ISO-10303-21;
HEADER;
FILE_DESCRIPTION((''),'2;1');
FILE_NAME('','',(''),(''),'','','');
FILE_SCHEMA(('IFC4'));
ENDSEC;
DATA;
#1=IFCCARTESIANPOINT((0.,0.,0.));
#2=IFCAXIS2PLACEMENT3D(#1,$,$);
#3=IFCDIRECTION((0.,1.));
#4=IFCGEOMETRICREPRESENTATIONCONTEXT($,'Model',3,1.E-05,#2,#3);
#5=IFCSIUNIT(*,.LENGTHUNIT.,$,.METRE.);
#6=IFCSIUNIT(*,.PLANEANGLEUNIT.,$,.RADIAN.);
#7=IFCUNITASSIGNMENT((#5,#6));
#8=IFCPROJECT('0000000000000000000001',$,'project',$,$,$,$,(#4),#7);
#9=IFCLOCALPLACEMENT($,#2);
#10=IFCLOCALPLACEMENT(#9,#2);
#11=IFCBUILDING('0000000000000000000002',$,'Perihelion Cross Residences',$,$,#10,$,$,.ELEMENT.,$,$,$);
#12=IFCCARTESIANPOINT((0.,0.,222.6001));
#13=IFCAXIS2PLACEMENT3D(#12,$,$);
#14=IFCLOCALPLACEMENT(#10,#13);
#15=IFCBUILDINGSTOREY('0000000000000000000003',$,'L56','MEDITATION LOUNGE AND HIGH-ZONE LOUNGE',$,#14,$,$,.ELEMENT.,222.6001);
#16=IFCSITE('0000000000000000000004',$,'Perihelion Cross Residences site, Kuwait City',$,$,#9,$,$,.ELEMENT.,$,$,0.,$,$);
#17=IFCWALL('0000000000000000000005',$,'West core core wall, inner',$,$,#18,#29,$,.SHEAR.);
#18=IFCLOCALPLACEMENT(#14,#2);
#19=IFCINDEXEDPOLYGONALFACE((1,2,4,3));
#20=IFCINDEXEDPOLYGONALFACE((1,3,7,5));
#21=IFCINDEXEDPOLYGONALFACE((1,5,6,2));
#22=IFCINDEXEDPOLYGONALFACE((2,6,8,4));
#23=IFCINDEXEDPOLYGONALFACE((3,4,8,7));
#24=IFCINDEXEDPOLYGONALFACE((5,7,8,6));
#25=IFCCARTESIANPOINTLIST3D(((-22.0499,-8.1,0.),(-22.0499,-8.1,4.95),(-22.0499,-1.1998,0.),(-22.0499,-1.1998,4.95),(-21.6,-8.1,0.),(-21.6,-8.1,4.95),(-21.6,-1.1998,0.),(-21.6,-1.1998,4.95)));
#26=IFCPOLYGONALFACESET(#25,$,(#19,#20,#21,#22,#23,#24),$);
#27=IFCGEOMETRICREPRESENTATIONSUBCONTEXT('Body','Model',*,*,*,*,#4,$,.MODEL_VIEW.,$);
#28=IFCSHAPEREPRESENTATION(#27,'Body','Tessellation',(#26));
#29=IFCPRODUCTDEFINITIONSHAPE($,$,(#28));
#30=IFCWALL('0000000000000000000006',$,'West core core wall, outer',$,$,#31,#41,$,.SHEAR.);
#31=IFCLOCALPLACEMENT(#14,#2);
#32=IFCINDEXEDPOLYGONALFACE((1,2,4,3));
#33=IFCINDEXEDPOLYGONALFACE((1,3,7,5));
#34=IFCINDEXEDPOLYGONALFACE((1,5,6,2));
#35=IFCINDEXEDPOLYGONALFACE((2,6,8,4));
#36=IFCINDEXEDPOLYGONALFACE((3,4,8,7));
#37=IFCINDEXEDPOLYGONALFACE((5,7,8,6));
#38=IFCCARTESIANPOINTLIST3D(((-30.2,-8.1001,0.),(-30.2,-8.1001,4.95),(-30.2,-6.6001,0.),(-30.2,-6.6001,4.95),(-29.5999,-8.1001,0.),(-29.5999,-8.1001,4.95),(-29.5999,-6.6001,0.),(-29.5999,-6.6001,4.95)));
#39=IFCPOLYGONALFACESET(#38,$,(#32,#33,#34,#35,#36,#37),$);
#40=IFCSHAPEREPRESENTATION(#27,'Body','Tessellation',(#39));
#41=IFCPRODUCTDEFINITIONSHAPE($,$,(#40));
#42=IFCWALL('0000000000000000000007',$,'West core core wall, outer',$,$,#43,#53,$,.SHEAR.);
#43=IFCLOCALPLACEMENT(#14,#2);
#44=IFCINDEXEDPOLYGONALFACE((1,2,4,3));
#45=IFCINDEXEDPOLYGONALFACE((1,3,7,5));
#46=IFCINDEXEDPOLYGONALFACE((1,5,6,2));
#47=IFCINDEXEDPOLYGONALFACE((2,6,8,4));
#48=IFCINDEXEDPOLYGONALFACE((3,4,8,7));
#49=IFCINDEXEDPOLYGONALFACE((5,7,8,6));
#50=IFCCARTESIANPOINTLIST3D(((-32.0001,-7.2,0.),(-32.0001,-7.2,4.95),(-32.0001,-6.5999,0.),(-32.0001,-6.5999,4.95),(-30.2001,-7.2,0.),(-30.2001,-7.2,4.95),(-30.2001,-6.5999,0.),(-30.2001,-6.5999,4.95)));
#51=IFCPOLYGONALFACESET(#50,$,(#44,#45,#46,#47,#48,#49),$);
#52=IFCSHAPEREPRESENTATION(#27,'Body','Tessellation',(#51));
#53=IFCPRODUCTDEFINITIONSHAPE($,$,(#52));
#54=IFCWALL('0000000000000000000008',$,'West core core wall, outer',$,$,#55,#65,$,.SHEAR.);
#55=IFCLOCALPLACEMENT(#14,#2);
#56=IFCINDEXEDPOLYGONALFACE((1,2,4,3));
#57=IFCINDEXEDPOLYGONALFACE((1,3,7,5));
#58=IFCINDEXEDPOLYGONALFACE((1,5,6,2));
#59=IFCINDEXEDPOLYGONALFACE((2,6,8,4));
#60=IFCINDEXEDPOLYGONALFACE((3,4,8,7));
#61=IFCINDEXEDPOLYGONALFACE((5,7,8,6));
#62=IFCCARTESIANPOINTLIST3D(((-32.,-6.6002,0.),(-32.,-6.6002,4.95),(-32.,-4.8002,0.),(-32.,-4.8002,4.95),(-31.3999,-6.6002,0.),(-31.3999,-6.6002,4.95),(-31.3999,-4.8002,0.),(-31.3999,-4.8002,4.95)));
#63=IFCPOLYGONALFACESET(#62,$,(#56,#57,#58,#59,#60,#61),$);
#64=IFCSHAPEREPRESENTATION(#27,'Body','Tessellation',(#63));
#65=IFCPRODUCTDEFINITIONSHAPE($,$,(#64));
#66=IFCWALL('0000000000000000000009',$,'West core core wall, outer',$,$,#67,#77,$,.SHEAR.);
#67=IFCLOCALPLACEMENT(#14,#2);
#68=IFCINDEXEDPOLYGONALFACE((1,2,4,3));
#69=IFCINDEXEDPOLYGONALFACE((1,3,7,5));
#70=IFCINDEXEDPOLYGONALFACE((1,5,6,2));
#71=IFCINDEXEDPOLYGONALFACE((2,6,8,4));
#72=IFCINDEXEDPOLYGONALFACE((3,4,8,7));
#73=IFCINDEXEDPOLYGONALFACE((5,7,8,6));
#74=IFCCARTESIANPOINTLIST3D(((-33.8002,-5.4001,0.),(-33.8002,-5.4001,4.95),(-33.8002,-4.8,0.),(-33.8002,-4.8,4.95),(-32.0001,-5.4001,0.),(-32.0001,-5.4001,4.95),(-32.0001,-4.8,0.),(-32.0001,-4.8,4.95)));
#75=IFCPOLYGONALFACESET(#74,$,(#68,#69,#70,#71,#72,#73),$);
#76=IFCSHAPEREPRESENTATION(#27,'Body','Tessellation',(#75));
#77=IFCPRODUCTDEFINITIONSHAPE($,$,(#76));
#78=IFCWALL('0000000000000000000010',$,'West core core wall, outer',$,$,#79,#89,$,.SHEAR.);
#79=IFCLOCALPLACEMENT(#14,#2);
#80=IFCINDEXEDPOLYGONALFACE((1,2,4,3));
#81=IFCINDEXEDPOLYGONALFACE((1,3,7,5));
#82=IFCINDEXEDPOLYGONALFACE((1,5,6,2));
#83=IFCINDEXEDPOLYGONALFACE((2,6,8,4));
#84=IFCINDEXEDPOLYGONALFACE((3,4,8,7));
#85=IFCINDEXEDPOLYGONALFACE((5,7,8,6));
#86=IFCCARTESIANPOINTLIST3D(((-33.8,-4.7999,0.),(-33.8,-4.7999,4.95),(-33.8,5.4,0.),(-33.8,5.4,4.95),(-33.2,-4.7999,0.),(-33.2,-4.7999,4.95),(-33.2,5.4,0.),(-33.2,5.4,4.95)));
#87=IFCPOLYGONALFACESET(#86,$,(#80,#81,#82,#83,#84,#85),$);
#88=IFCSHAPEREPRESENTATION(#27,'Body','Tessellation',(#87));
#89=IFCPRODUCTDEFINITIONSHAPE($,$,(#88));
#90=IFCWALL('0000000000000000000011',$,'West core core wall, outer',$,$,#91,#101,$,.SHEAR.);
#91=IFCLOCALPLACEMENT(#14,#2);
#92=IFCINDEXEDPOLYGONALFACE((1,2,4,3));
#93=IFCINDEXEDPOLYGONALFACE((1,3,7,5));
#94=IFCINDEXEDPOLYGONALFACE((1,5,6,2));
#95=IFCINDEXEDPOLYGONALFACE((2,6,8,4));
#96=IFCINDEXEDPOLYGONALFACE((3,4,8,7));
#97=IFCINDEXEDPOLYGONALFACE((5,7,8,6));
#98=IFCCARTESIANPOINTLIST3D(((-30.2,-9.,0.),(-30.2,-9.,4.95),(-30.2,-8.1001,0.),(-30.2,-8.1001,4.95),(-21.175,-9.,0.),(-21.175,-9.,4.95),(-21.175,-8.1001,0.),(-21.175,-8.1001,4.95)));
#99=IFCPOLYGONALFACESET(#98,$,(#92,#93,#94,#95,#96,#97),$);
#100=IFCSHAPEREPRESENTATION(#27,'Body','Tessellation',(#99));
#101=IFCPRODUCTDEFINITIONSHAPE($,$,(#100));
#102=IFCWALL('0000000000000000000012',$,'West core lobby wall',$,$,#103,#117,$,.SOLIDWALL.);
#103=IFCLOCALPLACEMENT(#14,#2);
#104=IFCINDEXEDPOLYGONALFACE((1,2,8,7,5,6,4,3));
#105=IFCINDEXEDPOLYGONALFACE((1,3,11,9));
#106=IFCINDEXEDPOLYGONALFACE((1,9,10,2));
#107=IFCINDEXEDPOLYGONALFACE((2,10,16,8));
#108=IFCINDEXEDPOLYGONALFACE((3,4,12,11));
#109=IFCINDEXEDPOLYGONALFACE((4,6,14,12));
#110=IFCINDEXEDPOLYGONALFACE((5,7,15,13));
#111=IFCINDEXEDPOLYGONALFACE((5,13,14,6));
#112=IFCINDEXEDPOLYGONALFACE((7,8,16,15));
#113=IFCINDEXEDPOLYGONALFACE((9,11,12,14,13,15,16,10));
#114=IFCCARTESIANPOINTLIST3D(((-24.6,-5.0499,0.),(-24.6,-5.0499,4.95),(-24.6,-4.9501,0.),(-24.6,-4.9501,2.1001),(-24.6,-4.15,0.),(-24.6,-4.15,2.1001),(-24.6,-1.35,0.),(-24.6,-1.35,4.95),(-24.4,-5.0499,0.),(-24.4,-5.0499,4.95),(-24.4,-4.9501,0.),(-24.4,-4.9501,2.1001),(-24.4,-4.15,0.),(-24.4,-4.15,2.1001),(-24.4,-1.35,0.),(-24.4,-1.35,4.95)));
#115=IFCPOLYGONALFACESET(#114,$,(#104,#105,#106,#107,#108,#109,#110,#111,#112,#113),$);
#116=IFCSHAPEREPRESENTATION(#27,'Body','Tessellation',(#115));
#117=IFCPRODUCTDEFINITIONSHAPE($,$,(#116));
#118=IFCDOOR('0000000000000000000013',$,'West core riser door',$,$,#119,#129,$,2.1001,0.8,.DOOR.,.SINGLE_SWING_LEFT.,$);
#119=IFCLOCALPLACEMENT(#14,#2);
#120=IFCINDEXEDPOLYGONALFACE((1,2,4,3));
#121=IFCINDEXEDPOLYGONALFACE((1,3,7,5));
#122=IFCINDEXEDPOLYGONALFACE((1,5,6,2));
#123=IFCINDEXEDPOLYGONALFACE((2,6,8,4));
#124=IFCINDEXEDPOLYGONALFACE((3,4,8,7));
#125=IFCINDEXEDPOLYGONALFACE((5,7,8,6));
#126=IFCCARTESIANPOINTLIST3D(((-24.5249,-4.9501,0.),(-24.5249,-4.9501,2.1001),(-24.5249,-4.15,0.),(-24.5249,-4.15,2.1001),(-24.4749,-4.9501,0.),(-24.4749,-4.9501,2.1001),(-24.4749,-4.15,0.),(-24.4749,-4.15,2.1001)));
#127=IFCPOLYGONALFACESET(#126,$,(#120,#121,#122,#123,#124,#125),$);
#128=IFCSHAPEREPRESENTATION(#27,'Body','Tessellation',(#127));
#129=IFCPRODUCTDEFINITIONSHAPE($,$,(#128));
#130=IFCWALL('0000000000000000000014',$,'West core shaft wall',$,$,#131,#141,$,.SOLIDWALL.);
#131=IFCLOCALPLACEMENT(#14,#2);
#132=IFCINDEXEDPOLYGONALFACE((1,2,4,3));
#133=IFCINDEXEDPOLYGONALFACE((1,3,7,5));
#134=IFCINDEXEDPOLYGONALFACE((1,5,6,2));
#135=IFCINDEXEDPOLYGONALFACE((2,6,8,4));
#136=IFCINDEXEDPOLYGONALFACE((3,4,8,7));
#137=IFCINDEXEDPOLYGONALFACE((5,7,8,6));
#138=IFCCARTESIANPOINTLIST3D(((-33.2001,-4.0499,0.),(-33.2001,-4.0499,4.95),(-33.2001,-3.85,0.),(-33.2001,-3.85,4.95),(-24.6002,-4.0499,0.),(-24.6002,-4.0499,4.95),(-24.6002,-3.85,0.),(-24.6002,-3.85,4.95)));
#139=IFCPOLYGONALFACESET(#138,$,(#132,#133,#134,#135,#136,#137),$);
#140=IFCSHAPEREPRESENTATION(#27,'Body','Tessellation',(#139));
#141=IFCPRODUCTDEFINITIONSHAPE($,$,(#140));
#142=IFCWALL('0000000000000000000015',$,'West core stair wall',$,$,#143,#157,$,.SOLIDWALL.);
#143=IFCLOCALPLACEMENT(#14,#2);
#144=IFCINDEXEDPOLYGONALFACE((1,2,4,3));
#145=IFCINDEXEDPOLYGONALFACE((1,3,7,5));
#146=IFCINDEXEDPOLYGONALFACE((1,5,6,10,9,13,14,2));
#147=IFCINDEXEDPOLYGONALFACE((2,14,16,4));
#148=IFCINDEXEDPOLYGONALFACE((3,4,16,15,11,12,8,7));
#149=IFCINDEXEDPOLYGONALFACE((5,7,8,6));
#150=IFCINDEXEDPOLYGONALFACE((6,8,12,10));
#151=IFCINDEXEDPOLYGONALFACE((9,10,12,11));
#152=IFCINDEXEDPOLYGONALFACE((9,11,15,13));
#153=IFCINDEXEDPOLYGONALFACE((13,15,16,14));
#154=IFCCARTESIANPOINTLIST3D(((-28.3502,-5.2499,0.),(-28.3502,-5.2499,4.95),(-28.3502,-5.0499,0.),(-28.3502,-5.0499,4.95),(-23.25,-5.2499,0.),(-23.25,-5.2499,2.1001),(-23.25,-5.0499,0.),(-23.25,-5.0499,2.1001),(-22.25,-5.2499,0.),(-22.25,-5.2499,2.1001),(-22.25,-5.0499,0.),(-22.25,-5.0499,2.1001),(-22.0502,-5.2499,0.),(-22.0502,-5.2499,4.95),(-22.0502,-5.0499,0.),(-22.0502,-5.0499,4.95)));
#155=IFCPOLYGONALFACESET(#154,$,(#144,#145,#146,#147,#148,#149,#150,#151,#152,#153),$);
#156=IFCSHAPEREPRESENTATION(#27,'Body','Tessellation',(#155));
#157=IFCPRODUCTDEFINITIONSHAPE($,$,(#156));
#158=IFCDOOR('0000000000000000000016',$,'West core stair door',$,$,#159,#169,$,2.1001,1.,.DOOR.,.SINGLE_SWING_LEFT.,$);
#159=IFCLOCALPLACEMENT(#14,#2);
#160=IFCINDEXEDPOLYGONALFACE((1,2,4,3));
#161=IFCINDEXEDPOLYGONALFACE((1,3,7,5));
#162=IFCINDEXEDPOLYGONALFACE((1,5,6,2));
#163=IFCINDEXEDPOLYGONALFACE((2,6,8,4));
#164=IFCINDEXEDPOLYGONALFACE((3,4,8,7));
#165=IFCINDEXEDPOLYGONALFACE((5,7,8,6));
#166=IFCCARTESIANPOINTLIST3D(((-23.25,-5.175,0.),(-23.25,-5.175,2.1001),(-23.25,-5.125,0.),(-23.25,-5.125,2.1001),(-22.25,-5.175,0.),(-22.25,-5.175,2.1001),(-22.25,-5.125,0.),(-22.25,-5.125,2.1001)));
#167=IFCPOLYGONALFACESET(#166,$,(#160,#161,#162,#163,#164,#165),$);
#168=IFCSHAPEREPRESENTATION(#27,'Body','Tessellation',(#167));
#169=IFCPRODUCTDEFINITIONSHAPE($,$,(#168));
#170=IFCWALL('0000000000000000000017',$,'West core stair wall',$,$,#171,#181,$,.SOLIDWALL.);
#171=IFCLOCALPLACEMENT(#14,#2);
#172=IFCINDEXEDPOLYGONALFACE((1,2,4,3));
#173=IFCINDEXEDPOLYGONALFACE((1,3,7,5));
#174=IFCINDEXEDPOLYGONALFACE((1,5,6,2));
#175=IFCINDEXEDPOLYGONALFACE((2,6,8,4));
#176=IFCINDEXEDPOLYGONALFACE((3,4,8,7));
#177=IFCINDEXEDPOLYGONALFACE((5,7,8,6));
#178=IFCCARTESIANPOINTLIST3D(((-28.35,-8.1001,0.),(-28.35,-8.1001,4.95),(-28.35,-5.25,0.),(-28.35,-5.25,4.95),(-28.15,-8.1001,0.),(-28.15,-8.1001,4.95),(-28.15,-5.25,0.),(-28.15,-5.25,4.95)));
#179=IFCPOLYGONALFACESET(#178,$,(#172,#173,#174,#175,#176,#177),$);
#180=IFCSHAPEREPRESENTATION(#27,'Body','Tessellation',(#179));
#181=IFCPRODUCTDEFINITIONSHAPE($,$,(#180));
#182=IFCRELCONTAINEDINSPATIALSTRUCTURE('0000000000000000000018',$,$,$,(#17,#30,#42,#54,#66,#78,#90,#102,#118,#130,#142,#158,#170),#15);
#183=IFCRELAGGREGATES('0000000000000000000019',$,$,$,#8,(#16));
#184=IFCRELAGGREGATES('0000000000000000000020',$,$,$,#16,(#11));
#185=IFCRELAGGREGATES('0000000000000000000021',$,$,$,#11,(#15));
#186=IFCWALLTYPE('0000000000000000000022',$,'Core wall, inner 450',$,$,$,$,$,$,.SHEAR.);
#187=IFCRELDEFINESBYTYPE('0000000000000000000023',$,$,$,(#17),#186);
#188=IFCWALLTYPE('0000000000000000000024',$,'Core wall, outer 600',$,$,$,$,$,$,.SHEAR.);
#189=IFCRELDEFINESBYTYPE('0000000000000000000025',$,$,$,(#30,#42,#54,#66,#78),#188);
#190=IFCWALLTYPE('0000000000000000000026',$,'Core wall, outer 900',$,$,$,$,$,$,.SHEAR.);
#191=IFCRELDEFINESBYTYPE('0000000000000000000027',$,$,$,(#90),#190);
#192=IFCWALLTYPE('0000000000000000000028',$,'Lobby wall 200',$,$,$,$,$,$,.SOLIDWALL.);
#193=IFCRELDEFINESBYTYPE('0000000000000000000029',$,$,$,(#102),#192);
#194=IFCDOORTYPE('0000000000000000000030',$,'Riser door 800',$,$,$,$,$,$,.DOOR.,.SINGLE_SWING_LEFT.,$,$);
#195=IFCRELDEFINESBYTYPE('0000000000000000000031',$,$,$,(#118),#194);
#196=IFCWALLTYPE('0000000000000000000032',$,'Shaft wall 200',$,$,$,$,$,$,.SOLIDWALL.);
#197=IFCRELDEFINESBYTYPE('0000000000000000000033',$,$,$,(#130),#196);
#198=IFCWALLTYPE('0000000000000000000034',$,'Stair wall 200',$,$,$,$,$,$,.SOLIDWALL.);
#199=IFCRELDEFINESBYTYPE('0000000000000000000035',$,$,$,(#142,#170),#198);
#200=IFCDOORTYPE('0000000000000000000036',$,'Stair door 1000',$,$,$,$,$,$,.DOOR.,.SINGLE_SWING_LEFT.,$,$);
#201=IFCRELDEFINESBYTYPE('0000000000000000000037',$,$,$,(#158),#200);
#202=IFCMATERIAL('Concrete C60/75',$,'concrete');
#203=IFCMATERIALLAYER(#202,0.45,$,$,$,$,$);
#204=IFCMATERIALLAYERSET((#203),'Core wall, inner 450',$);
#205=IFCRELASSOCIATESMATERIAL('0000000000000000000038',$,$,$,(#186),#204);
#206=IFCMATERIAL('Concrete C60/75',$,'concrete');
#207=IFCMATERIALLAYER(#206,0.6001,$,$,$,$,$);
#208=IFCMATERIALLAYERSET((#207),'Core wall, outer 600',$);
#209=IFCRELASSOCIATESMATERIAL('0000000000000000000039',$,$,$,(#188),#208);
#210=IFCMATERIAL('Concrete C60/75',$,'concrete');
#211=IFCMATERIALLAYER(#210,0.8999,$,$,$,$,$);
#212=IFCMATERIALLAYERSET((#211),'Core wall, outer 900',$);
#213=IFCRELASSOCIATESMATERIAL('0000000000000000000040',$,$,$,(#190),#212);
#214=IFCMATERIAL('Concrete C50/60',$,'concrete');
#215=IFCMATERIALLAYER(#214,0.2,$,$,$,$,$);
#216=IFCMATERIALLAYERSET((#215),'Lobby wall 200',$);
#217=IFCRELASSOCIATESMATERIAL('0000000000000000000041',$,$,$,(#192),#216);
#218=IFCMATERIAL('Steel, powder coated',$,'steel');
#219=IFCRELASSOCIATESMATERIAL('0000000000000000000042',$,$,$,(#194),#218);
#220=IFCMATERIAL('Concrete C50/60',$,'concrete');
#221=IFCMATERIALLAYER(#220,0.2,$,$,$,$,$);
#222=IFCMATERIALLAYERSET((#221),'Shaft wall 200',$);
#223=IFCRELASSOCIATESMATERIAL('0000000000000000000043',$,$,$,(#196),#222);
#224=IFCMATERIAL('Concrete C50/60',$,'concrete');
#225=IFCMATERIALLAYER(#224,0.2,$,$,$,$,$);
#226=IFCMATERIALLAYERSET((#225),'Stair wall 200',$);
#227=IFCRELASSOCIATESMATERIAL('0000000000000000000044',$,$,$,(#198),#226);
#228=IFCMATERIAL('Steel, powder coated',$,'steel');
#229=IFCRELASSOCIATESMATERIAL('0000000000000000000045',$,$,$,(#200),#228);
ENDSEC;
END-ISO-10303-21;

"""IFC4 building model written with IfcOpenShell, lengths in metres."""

from ifc_helpers import new_model, si_unit, direction, frame, frame_2d, origin, place, context, subcontext, project, spatial, rectangle, extrude, material, layer, layer_set, type_object, element, fill, save


model = new_model("IFC4")

# Units and contexts
model_context = context("Model", 3, precision=1e-05, world=origin(), true_north=direction((0.0, 1.0)))
body_context = subcontext(model_context, "Body", "Model", "MODEL_VIEW")
ifc_project = project(units=[si_unit("LENGTHUNIT", "METRE"), si_unit("PLANEANGLEUNIT", "RADIAN")], contexts=[model_context])

# Site, building, storey
site_placement = place(None, origin())
site = spatial("IfcSite", under=ifc_project, at=site_placement, Name="Perihelion Cross Residences site, Kuwait City", CompositionType="ELEMENT", RefElevation=0.0)
building_placement = place(site_placement, origin())
building = spatial("IfcBuilding", under=site, at=building_placement, Name="Perihelion Cross Residences", CompositionType="ELEMENT")
storey_placement = place(building_placement, frame((0.0, 0.0, 222.6001)))
storey = spatial("IfcBuildingStorey", under=building, at=storey_placement, Name="L56", Description="MEDITATION LOUNGE AND HIGH-ZONE LOUNGE", CompositionType="ELEMENT", Elevation=222.6001)

# Walls
ifc_material_1 = material(Name="Concrete C60/75", Category="concrete")
ifc_layer_1 = layer(ifc_material_1, 0.45)
ifc_layer_set_1 = layer_set([ifc_layer_1], Name="Core wall, inner 450")
wall_type_1 = type_object("IfcWallType", Name="Core wall, inner 450", PredefinedType="SHEAR", material=ifc_layer_set_1)
wall_1_placement = place(storey_placement, frame((-21.825, -8.1001, 0.0), z_axis=(0.0, 0.0, 1.0), x_axis=(0.0, 1.0, 0.0)))
element("IfcWall", 1, at=wall_1_placement, inside=storey, type_object=wall_type_1, Name="West core core wall, inner", PredefinedType="SHEAR", context=body_context, shape_type="SweptSolid", body=[
    extrude(rectangle(XDim=6.9001, YDim=0.45, at=frame_2d((3.4502, 0.0))), origin(), (0.0, 0.0, 1.0), 4.95),
])
ifc_material_2 = material(Name="Concrete C60/75", Category="concrete")
ifc_layer_2 = layer(ifc_material_2, 0.6001)
ifc_layer_set_2 = layer_set([ifc_layer_2], Name="Core wall, outer 600")
wall_type_2 = type_object("IfcWallType", Name="Core wall, outer 600", PredefinedType="SHEAR", material=ifc_layer_set_2)
wall_2_placement = place(storey_placement, frame((-29.8999, -8.1001, 0.0), z_axis=(0.0, 0.0, 1.0), x_axis=(0.0, 1.0, 0.0)))
element("IfcWall", 2, at=wall_2_placement, inside=storey, type_object=wall_type_2, Name="West core core wall, outer", PredefinedType="SHEAR", context=body_context, shape_type="SweptSolid", body=[
    extrude(rectangle(XDim=1.5, YDim=0.6001, at=frame_2d((0.75, 0.0))), origin(), (0.0, 0.0, 1.0), 4.95),
])
for number, where, z_axis, x_axis, name in (
    (3, (-32.0, -6.8999, 0.0), (0.0, 0.0, 1.0), (1.0, 0.0, 0.0), "West core core wall, outer"),
    (4, (-31.7, -6.6001, 0.0), (0.0, 0.0, 1.0), (0.0, 1.0, 0.0), "West core core wall, outer"),
    (5, (-33.8, -5.1001, 0.0), (0.0, 0.0, 1.0), (1.0, 0.0, 0.0), "West core core wall, outer"),
):
    element("IfcWall", number, at=place(storey_placement, frame(where, z_axis=z_axis, x_axis=x_axis)), inside=storey, type_object=wall_type_2, Name=name, PredefinedType="SHEAR", context=body_context, shape_type="SweptSolid", body=[
        extrude(rectangle(XDim=1.8, YDim=0.6001, at=frame_2d((0.8999, 0.0))), origin(), (0.0, 0.0, 1.0), 4.95),
    ])
wall_3_placement = place(storey_placement, frame((-33.5, -4.8, 0.0), z_axis=(0.0, 0.0, 1.0), x_axis=(0.0, 1.0, 0.0)))
element("IfcWall", 6, at=wall_3_placement, inside=storey, type_object=wall_type_2, Name="West core core wall, outer", PredefinedType="SHEAR", context=body_context, shape_type="SweptSolid", body=[
    extrude(rectangle(XDim=10.2, YDim=0.6001, at=frame_2d((5.1001, 0.0))), origin(), (0.0, 0.0, 1.0), 4.95),
])
ifc_material_3 = material(Name="Concrete C60/75", Category="concrete")
ifc_layer_3 = layer(ifc_material_3, 0.8999)
ifc_layer_set_3 = layer_set([ifc_layer_3], Name="Core wall, outer 900")
wall_type_3 = type_object("IfcWallType", Name="Core wall, outer 900", PredefinedType="SHEAR", material=ifc_layer_set_3)
wall_4_placement = place(storey_placement, frame((-30.2, -8.55, 0.0), z_axis=(0.0, 0.0, 1.0), x_axis=(1.0, 0.0, 0.0)))
element("IfcWall", 7, at=wall_4_placement, inside=storey, type_object=wall_type_3, Name="West core core wall, outer", PredefinedType="SHEAR", context=body_context, shape_type="SweptSolid", body=[
    extrude(rectangle(XDim=9.0249, YDim=0.8999, at=frame_2d((4.5125, 0.0))), origin(), (0.0, 0.0, 1.0), 4.95),
])

# Wall, opening, door
ifc_material_4 = material(Name="Concrete C50/60", Category="concrete")
ifc_layer_4 = layer(ifc_material_4, 0.2)
ifc_layer_set_4 = layer_set([ifc_layer_4], Name="Lobby wall 200")
wall_type_4 = type_object("IfcWallType", Name="Lobby wall 200", PredefinedType="SOLIDWALL", material=ifc_layer_set_4)
wall_5_placement = place(storey_placement, frame((-24.5, -5.05, 0.0), z_axis=(0.0, 0.0, 1.0), x_axis=(0.0, 1.0, 0.0)))
wall_5 = element("IfcWall", 8, at=wall_5_placement, inside=storey, type_object=wall_type_4, Name="West core lobby wall", PredefinedType="SOLIDWALL", context=body_context, shape_type="SweptSolid", body=[
    extrude(rectangle(XDim=3.7, YDim=0.2, at=frame_2d((1.8501, 0.0))), origin(), (0.0, 0.0, 1.0), 4.95),
])
opening_1_placement = place(wall_5_placement, frame((0.1001, 0.0, 0.0)))
opening_1 = element("IfcOpeningElement", 9, at=opening_1_placement, cuts=wall_5, PredefinedType="OPENING", context=body_context, shape_type="SweptSolid", body=[
    extrude(rectangle(XDim=0.8, YDim=2.1001, at=frame_2d((0.3999, 1.05))), frame((0.0, 0.1099, 0.0), z_axis=(0.0, -1.0, 0.0), x_axis=(1.0, 0.0, 0.0)), (0.0, 0.0, 1.0), 0.22),
])
ifc_material_5 = material(Name="Steel, powder coated", Category="steel")
door_type_1 = type_object("IfcDoorType", Name="Riser door 800", OperationType="SINGLE_SWING_LEFT", PredefinedType="DOOR", material=ifc_material_5)
door_1_placement = place(opening_1_placement, origin())
door_1 = element("IfcDoor", 10, at=door_1_placement, inside=storey, type_object=door_type_1, Name="West core riser door", OperationType="SINGLE_SWING_LEFT", OverallHeight=2.1001, OverallWidth=0.8, PredefinedType="DOOR", context=body_context, shape_type="SweptSolid", body=[
    extrude(rectangle(XDim=0.8, YDim=2.1001, at=frame_2d((0.3999, 1.05))), frame((0.0, 0.0249, 0.0), z_axis=(0.0, -1.0, 0.0), x_axis=(1.0, 0.0, 0.0)), (0.0, 0.0, 1.0), 0.05),
])
fill(opening_1, door_1)

# Wall
ifc_material_6 = material(Name="Concrete C50/60", Category="concrete")
ifc_layer_5 = layer(ifc_material_6, 0.2)
ifc_layer_set_5 = layer_set([ifc_layer_5], Name="Shaft wall 200")
wall_type_5 = type_object("IfcWallType", Name="Shaft wall 200", PredefinedType="SOLIDWALL", material=ifc_layer_set_5)
wall_6_placement = place(storey_placement, frame((-33.2, -3.95, 0.0), z_axis=(0.0, 0.0, 1.0), x_axis=(1.0, 0.0, 0.0)))
element("IfcWall", 11, at=wall_6_placement, inside=storey, type_object=wall_type_5, Name="West core shaft wall", PredefinedType="SOLIDWALL", context=body_context, shape_type="SweptSolid", body=[
    extrude(rectangle(XDim=8.5999, YDim=0.2, at=frame_2d((4.2998, 0.0))), origin(), (0.0, 0.0, 1.0), 4.95),
])

# Wall, opening, door
ifc_material_7 = material(Name="Concrete C50/60", Category="concrete")
ifc_layer_6 = layer(ifc_material_7, 0.2)
ifc_layer_set_6 = layer_set([ifc_layer_6], Name="Stair wall 200")
wall_type_6 = type_object("IfcWallType", Name="Stair wall 200", PredefinedType="SOLIDWALL", material=ifc_layer_set_6)
wall_7_placement = place(storey_placement, frame((-28.3501, -5.1499, 0.0), z_axis=(0.0, 0.0, 1.0), x_axis=(1.0, 0.0, 0.0)))
wall_7 = element("IfcWall", 12, at=wall_7_placement, inside=storey, type_object=wall_type_6, Name="West core stair wall", PredefinedType="SOLIDWALL", context=body_context, shape_type="SweptSolid", body=[
    extrude(rectangle(XDim=6.3, YDim=0.2, at=frame_2d((3.1499, 0.0))), origin(), (0.0, 0.0, 1.0), 4.95),
])
opening_2_placement = place(wall_7_placement, frame((5.1001, 0.0, 0.0)))
opening_2 = element("IfcOpeningElement", 13, at=opening_2_placement, cuts=wall_7, PredefinedType="OPENING", context=body_context, shape_type="SweptSolid", body=[
    extrude(rectangle(XDim=1.0, YDim=2.1001, at=frame_2d((0.5, 1.05))), frame((0.0, 0.1099, 0.0), z_axis=(0.0, -1.0, 0.0), x_axis=(1.0, 0.0, 0.0)), (0.0, 0.0, 1.0), 0.22),
])
ifc_material_8 = material(Name="Steel, powder coated", Category="steel")
door_type_2 = type_object("IfcDoorType", Name="Stair door 1000", OperationType="SINGLE_SWING_LEFT", PredefinedType="DOOR", material=ifc_material_8)
door_2_placement = place(opening_2_placement, origin())
door_2 = element("IfcDoor", 14, at=door_2_placement, inside=storey, type_object=door_type_2, Name="West core stair door", OperationType="SINGLE_SWING_LEFT", OverallHeight=2.1001, OverallWidth=1.0, PredefinedType="DOOR", context=body_context, shape_type="SweptSolid", body=[
    extrude(rectangle(XDim=1.0, YDim=2.1001, at=frame_2d((0.5, 1.05))), frame((0.0, 0.0249, 0.0), z_axis=(0.0, -1.0, 0.0), x_axis=(1.0, 0.0, 0.0)), (0.0, 0.0, 1.0), 0.05),
])
fill(opening_2, door_2)

# Wall
wall_8_placement = place(storey_placement, frame((-28.25, -8.1001, 0.0), z_axis=(0.0, 0.0, 1.0), x_axis=(0.0, 1.0, 0.0)))
element("IfcWall", 15, at=wall_8_placement, inside=storey, type_object=wall_type_6, Name="West core stair wall", PredefinedType="SOLIDWALL", context=body_context, shape_type="SweptSolid", body=[
    extrude(rectangle(XDim=2.8501, YDim=0.2, at=frame_2d((1.425, 0.0))), origin(), (0.0, 0.0, 1.0), 4.95),
])

save(model, "model.ifc")
